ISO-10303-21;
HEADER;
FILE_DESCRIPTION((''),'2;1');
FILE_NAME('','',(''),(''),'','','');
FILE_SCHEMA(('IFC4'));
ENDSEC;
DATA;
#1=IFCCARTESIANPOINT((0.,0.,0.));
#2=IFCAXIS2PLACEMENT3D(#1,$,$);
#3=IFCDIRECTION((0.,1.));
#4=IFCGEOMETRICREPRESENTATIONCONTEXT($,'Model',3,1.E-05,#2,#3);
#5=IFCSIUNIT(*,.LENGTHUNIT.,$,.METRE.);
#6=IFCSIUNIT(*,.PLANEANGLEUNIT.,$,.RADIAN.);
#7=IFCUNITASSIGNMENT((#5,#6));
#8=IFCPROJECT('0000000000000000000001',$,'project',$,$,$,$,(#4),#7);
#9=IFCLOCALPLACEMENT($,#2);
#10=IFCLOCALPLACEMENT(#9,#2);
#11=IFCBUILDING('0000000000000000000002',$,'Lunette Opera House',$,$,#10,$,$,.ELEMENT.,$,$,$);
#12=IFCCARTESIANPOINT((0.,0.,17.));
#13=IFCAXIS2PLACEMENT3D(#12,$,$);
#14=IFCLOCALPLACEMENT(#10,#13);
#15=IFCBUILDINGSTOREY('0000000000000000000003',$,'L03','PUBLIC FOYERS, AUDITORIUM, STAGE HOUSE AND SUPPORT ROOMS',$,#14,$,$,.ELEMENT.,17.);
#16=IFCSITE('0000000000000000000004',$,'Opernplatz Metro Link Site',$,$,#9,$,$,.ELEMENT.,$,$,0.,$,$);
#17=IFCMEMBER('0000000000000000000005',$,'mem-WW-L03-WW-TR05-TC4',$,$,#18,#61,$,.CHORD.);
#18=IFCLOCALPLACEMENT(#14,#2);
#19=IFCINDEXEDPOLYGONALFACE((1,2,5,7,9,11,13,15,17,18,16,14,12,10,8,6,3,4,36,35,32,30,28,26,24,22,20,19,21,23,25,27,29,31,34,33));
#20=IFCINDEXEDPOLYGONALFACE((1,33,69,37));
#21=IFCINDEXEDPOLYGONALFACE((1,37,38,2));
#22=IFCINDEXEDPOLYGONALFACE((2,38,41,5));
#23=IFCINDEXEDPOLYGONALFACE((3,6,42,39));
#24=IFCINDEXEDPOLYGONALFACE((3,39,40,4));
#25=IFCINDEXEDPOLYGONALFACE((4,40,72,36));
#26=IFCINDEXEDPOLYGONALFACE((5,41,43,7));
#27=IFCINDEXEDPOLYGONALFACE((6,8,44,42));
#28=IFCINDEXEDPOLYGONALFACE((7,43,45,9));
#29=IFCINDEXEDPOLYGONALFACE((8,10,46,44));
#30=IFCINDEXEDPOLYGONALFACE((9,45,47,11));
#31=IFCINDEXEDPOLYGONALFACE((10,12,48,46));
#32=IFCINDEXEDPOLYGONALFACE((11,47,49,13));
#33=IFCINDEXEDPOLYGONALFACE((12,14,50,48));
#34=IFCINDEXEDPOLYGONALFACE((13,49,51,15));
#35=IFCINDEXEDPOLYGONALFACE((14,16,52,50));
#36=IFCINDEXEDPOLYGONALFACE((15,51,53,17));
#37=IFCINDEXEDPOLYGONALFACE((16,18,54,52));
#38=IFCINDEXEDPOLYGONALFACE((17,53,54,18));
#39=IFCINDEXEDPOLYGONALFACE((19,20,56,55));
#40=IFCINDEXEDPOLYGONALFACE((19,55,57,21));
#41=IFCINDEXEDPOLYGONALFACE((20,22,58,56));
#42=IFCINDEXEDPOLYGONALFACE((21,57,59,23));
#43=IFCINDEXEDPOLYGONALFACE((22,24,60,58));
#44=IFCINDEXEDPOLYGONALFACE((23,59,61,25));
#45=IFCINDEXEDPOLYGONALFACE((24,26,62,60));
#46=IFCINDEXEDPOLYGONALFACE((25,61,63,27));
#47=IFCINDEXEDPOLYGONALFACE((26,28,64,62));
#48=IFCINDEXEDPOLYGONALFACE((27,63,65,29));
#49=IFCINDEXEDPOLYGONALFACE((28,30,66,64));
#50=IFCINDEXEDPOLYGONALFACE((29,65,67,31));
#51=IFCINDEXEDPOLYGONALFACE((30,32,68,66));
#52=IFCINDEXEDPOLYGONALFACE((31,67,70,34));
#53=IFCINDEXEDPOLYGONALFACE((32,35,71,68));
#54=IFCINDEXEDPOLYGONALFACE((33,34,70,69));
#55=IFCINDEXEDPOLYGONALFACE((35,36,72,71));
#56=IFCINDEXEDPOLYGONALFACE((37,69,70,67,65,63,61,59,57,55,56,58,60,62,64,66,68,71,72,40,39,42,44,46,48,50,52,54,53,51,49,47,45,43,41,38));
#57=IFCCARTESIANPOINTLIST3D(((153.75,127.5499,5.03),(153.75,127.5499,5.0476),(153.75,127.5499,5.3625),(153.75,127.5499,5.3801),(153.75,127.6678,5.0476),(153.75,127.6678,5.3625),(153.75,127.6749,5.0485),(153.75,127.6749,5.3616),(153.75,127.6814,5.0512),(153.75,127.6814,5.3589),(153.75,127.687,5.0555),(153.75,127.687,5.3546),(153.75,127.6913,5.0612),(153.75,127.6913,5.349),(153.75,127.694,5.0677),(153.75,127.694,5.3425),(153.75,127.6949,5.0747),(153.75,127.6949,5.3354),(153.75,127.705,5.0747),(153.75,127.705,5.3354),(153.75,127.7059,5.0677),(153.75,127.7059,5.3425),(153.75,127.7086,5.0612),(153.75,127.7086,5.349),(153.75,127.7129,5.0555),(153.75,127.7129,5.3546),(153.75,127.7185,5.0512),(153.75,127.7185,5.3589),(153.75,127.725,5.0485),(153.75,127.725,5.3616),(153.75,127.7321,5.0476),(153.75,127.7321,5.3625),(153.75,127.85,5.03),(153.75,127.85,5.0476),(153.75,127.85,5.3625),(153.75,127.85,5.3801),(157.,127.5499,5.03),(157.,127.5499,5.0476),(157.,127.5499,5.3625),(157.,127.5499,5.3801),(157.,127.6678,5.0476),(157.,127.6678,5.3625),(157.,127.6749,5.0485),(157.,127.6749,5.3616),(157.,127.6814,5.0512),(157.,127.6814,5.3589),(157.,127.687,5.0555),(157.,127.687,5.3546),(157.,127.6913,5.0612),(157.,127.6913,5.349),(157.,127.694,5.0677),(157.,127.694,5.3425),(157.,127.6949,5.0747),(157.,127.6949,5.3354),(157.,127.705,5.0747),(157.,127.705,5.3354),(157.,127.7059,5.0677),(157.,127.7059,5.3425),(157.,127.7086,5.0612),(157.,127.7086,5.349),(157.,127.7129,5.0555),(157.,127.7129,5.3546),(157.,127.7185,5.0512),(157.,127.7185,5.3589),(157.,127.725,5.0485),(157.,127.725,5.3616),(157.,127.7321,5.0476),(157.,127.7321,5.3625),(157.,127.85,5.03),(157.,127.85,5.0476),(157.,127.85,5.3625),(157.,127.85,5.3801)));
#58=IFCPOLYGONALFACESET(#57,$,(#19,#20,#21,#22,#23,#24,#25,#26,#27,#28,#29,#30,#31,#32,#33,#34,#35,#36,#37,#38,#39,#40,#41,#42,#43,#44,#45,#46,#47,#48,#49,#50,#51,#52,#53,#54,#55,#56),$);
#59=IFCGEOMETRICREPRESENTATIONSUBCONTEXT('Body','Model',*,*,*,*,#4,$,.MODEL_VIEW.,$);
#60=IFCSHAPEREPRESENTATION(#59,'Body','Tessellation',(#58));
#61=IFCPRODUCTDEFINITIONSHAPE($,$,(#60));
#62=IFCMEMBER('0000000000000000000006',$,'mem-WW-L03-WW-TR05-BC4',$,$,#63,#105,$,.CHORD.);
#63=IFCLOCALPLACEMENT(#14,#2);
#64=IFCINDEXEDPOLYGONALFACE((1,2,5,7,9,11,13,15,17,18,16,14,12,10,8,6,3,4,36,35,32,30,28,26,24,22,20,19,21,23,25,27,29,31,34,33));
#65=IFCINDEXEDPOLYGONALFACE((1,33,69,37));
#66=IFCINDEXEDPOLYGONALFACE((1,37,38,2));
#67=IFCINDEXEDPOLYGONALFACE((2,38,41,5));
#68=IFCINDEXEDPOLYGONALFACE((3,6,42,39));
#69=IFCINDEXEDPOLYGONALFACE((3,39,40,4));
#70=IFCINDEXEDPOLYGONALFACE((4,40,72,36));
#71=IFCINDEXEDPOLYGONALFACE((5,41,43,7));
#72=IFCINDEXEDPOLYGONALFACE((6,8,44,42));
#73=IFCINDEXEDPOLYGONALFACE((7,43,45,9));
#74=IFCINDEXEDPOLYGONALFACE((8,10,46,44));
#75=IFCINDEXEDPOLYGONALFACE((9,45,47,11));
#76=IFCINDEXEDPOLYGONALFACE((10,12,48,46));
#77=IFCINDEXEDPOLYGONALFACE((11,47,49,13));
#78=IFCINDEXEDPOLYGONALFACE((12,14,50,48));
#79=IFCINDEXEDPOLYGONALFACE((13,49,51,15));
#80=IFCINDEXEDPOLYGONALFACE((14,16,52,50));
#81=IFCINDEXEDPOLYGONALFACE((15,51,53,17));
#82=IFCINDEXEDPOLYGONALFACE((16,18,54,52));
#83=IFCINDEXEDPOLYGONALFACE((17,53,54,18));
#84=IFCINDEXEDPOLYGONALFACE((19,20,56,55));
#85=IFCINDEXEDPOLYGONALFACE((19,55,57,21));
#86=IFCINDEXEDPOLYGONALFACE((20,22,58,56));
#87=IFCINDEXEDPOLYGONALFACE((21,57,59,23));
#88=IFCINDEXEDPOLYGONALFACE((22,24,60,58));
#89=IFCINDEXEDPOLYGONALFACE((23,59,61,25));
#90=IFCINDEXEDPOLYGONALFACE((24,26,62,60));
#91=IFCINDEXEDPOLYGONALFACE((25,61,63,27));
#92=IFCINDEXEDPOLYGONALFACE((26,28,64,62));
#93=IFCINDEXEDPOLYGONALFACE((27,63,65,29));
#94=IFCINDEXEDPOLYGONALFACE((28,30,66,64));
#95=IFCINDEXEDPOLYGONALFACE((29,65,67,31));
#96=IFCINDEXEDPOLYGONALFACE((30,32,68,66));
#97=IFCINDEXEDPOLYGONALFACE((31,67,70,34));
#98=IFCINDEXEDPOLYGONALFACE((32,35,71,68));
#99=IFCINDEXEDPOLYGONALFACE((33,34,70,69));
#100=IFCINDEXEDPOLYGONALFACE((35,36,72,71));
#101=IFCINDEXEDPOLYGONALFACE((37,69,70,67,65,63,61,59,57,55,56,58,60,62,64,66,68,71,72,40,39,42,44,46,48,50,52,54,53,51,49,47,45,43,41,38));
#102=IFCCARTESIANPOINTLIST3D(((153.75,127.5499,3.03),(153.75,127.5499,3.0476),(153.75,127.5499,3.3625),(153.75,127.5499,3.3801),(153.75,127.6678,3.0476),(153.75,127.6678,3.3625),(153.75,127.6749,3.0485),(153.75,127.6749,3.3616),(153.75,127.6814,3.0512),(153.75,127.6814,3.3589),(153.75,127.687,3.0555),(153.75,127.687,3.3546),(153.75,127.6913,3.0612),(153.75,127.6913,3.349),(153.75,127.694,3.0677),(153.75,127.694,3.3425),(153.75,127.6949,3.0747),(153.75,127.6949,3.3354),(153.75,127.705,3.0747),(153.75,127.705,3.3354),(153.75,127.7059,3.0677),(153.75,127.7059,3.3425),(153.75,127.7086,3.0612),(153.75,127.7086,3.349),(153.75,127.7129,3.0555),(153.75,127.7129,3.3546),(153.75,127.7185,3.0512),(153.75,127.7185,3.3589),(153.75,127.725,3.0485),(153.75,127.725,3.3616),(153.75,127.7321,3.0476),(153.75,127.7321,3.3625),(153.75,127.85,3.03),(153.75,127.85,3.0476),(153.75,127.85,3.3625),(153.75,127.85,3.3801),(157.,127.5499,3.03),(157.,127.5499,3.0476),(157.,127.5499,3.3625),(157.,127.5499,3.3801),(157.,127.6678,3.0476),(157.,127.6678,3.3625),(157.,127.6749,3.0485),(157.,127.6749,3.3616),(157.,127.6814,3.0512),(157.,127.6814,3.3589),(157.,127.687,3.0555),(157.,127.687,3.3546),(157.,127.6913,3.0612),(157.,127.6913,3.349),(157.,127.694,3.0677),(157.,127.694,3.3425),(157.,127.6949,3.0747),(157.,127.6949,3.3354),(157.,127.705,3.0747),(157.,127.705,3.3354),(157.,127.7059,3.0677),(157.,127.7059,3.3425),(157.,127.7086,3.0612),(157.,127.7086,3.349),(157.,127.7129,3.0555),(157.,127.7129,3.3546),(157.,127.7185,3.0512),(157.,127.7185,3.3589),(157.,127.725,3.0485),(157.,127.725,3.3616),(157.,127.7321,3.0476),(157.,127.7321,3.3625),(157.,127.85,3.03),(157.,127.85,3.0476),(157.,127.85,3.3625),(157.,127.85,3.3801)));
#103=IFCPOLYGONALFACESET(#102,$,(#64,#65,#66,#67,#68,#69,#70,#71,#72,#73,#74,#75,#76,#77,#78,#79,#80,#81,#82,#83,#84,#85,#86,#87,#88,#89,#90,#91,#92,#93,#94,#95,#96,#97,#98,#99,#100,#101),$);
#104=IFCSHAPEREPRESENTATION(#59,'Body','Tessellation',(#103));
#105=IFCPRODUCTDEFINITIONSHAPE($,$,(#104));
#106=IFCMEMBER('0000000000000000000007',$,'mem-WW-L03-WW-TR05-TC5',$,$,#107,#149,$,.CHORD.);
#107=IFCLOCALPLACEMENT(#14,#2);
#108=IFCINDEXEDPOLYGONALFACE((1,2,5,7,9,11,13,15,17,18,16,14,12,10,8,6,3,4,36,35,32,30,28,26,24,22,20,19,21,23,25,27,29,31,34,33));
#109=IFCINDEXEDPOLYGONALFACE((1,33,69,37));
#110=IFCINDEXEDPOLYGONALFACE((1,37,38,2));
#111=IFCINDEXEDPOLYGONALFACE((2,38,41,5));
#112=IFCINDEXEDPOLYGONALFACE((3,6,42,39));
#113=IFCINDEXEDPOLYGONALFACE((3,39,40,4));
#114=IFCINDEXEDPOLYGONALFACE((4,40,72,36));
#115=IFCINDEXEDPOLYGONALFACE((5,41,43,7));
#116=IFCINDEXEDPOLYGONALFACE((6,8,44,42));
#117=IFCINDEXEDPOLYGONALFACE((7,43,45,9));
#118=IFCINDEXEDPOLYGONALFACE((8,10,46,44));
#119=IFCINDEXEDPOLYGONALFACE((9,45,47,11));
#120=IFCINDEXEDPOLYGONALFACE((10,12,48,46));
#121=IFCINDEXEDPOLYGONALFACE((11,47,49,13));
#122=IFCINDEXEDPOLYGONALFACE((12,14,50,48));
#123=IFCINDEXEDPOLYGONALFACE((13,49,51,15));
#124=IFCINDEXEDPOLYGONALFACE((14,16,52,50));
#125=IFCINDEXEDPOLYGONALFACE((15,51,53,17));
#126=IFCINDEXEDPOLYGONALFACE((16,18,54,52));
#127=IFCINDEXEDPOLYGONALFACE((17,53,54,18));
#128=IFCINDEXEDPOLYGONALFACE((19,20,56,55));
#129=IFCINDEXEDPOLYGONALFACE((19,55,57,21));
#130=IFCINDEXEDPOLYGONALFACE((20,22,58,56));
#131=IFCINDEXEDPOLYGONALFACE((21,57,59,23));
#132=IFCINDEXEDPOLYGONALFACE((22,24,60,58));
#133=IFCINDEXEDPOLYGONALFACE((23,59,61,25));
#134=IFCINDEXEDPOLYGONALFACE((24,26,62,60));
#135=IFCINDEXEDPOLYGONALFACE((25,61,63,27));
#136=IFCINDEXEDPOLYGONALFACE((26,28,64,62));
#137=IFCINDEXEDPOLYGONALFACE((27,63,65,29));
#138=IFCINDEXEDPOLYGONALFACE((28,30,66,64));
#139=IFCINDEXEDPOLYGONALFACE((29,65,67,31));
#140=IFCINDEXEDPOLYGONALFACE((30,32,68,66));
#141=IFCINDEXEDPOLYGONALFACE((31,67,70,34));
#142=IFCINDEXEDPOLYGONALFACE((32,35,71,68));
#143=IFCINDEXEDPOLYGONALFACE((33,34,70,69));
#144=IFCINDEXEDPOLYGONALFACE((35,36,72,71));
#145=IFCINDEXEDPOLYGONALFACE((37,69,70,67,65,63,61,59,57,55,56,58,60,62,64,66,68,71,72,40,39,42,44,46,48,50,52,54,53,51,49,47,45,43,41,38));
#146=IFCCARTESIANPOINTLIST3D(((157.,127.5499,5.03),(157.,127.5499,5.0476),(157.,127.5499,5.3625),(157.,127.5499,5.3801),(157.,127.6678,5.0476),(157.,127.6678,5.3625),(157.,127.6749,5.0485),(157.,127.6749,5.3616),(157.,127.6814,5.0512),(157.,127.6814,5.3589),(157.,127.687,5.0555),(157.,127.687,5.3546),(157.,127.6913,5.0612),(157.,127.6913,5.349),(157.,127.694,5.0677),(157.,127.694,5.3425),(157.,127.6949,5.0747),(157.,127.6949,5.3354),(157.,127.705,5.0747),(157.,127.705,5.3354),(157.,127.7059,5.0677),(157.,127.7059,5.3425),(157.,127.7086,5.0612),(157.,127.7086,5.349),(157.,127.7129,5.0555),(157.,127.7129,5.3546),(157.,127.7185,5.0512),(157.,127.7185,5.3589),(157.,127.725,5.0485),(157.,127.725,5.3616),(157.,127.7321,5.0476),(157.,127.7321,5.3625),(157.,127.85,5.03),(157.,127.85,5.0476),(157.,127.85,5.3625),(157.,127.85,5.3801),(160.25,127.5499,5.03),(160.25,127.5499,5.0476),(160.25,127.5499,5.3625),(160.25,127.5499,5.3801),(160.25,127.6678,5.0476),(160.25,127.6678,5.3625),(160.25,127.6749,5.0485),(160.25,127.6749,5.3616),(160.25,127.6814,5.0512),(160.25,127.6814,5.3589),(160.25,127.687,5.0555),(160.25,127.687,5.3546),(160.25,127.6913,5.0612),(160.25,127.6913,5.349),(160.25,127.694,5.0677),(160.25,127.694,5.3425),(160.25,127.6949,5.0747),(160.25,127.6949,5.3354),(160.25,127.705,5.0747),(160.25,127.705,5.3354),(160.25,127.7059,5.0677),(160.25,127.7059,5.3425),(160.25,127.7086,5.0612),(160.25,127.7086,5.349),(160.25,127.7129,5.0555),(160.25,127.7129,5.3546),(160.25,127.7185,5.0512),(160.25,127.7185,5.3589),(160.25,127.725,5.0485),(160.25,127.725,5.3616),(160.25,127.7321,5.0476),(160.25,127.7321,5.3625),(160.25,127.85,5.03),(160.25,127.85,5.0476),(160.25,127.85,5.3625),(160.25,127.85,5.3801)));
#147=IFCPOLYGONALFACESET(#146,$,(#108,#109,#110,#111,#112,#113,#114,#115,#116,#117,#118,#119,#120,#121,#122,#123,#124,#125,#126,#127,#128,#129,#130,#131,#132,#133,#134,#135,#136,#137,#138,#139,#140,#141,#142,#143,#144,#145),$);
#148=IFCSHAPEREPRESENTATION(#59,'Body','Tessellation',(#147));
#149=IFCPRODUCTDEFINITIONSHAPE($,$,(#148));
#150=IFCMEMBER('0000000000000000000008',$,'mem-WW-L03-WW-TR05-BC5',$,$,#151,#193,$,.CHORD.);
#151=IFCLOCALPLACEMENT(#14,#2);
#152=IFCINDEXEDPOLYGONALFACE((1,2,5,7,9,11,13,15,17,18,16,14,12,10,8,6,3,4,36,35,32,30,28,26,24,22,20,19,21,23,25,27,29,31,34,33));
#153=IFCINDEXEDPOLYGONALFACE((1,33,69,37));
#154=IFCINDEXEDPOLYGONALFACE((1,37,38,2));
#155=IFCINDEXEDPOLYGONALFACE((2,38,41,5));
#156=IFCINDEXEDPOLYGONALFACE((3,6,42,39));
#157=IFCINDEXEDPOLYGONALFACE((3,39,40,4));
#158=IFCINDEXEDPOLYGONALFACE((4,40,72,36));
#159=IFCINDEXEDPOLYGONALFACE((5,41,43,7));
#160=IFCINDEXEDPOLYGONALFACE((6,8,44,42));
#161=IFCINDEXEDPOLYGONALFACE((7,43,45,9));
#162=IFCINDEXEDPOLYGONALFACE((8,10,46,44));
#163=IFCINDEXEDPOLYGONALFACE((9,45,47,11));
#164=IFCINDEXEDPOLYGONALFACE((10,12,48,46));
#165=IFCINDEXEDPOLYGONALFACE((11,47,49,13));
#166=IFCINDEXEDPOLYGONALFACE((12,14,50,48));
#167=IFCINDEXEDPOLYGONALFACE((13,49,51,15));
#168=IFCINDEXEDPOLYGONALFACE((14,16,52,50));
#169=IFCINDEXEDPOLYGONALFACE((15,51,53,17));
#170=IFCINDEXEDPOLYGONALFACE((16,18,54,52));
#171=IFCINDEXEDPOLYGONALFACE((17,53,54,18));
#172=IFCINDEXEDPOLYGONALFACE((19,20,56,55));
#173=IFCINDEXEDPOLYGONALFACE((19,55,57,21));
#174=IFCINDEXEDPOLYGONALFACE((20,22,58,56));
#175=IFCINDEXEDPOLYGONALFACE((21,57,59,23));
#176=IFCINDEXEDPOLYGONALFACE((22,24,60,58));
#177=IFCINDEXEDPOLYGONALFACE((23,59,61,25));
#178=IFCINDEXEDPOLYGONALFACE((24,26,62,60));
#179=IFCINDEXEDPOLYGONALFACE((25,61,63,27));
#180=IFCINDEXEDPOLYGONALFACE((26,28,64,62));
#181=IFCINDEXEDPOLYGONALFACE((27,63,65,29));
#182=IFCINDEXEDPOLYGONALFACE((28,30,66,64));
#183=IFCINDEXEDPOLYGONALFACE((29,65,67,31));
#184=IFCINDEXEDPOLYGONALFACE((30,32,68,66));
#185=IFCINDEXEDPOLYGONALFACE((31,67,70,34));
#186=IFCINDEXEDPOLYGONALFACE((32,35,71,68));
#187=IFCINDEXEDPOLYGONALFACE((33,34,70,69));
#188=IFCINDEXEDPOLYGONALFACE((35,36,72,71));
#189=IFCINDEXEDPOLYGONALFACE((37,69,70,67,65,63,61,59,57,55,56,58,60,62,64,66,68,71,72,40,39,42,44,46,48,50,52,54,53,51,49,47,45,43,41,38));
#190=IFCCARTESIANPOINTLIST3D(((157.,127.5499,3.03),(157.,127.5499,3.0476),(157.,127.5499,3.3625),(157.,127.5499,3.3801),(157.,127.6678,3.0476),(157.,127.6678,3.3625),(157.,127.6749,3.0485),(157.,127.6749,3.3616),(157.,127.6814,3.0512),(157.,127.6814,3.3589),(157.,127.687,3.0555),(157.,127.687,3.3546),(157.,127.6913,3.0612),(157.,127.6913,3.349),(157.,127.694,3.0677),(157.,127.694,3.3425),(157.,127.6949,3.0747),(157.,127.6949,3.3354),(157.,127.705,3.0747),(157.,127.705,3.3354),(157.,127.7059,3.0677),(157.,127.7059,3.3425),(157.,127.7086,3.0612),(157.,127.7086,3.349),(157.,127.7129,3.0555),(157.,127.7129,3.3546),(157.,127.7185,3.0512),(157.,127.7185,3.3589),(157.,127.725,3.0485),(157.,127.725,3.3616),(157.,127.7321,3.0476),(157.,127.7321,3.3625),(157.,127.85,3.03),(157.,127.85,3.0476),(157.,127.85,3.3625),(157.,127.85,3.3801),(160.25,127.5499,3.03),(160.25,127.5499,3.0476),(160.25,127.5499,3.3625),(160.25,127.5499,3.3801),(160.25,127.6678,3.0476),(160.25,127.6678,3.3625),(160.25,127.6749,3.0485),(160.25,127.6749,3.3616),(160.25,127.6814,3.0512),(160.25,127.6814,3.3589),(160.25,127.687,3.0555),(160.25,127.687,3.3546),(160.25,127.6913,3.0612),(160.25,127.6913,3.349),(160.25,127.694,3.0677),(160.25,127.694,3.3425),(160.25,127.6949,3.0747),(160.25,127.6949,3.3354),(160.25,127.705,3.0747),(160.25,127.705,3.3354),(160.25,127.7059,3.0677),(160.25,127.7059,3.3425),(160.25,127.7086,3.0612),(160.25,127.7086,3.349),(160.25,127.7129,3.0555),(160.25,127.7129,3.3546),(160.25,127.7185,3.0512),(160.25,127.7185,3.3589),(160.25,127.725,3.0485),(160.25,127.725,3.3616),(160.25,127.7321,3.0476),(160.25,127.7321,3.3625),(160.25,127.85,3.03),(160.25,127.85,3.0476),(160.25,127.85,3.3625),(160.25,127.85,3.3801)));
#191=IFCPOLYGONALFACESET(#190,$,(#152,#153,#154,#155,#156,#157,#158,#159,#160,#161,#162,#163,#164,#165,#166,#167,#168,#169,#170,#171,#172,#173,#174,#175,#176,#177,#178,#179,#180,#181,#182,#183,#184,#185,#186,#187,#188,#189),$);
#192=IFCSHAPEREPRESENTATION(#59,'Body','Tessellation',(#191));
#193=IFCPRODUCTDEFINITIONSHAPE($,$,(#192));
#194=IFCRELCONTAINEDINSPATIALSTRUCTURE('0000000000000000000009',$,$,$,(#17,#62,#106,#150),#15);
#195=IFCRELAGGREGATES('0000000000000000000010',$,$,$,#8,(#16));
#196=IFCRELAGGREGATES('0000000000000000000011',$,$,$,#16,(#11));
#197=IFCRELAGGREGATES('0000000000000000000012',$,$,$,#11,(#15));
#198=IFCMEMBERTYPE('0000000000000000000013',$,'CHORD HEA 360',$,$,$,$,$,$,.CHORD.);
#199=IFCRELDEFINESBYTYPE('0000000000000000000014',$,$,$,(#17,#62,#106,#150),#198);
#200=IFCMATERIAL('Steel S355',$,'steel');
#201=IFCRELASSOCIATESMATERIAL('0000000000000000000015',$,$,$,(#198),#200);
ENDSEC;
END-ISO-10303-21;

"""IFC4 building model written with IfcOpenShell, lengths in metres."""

from ifc_helpers import new_model, si_unit, direction, frame, origin, origin_2d, place, context, subcontext, project, spatial, i_section, extrude, material, material_profile, profile_set, type_object, element, save


model = new_model("IFC4")

# Units and contexts
model_context = context("Model", 3, precision=1e-05, world=origin(), true_north=direction((0.0, 1.0)))
body_context = subcontext(model_context, "Body", "Model", "MODEL_VIEW")
ifc_project = project(units=[si_unit("LENGTHUNIT", "METRE"), si_unit("PLANEANGLEUNIT", "RADIAN")], contexts=[model_context])

# Site, building, storey
site_placement = place(None, origin())
site = spatial("IfcSite", under=ifc_project, at=site_placement, Name="Opernplatz Metro Link Site", CompositionType="ELEMENT", RefElevation=0.0)
building_placement = place(site_placement, origin())
building = spatial("IfcBuilding", under=site, at=building_placement, Name="Lunette Opera House", CompositionType="ELEMENT")
storey_placement = place(building_placement, frame((0.0, 0.0, 17.0)))
storey = spatial("IfcBuildingStorey", under=building, at=storey_placement, Name="L03", Description="PUBLIC FOYERS, AUDITORIUM, STAGE HOUSE AND SUPPORT ROOMS", CompositionType="ELEMENT", Elevation=17.0)

# Members
ifc_material_1 = material(Name="Steel S355", Category="steel")
ifc_material_profile_1 = material_profile(ifc_material_1, i_section(OverallWidth=0.3, OverallDepth=0.3501, WebThickness=0.01, FlangeThickness=0.0176, FilletRadius=0.0271, at=origin_2d()), Name="HEA 360")
ifc_profile_set_1 = profile_set([ifc_material_profile_1], Name="Steel S355")
member_type_1 = type_object("IfcMemberType", Name="CHORD HEA 360", PredefinedType="CHORD", material=ifc_profile_set_1)
for number, where, z_axis, x_axis, name in (
    (1, (153.75, 127.7, 5.2051), (1.0, 0.0, 0.0), (0.0, 1.0, 0.0), "mem-WW-L03-WW-TR05-TC4"),
    (2, (153.75, 127.7, 3.2051), (1.0, 0.0, 0.0), (0.0, 1.0, 0.0), "mem-WW-L03-WW-TR05-BC4"),
    (3, (157.0, 127.7, 5.2051), (1.0, 0.0, 0.0), (0.0, 1.0, 0.0), "mem-WW-L03-WW-TR05-TC5"),
    (4, (157.0, 127.7, 3.2051), (1.0, 0.0, 0.0), (0.0, 1.0, 0.0), "mem-WW-L03-WW-TR05-BC5"),
):
    element("IfcMember", number, at=place(storey_placement, frame(where, z_axis=z_axis, x_axis=x_axis)), inside=storey, type_object=member_type_1, Name=name, PredefinedType="CHORD", context=body_context, shape_type="SweptSolid", body=[
        extrude(i_section(OverallWidth=0.3, OverallDepth=0.3501, WebThickness=0.01, FlangeThickness=0.0176, FilletRadius=0.0271, at=origin_2d()), origin(), (0.0, 0.0, 1.0), 3.25),
    ])

save(model, "model.ifc")
